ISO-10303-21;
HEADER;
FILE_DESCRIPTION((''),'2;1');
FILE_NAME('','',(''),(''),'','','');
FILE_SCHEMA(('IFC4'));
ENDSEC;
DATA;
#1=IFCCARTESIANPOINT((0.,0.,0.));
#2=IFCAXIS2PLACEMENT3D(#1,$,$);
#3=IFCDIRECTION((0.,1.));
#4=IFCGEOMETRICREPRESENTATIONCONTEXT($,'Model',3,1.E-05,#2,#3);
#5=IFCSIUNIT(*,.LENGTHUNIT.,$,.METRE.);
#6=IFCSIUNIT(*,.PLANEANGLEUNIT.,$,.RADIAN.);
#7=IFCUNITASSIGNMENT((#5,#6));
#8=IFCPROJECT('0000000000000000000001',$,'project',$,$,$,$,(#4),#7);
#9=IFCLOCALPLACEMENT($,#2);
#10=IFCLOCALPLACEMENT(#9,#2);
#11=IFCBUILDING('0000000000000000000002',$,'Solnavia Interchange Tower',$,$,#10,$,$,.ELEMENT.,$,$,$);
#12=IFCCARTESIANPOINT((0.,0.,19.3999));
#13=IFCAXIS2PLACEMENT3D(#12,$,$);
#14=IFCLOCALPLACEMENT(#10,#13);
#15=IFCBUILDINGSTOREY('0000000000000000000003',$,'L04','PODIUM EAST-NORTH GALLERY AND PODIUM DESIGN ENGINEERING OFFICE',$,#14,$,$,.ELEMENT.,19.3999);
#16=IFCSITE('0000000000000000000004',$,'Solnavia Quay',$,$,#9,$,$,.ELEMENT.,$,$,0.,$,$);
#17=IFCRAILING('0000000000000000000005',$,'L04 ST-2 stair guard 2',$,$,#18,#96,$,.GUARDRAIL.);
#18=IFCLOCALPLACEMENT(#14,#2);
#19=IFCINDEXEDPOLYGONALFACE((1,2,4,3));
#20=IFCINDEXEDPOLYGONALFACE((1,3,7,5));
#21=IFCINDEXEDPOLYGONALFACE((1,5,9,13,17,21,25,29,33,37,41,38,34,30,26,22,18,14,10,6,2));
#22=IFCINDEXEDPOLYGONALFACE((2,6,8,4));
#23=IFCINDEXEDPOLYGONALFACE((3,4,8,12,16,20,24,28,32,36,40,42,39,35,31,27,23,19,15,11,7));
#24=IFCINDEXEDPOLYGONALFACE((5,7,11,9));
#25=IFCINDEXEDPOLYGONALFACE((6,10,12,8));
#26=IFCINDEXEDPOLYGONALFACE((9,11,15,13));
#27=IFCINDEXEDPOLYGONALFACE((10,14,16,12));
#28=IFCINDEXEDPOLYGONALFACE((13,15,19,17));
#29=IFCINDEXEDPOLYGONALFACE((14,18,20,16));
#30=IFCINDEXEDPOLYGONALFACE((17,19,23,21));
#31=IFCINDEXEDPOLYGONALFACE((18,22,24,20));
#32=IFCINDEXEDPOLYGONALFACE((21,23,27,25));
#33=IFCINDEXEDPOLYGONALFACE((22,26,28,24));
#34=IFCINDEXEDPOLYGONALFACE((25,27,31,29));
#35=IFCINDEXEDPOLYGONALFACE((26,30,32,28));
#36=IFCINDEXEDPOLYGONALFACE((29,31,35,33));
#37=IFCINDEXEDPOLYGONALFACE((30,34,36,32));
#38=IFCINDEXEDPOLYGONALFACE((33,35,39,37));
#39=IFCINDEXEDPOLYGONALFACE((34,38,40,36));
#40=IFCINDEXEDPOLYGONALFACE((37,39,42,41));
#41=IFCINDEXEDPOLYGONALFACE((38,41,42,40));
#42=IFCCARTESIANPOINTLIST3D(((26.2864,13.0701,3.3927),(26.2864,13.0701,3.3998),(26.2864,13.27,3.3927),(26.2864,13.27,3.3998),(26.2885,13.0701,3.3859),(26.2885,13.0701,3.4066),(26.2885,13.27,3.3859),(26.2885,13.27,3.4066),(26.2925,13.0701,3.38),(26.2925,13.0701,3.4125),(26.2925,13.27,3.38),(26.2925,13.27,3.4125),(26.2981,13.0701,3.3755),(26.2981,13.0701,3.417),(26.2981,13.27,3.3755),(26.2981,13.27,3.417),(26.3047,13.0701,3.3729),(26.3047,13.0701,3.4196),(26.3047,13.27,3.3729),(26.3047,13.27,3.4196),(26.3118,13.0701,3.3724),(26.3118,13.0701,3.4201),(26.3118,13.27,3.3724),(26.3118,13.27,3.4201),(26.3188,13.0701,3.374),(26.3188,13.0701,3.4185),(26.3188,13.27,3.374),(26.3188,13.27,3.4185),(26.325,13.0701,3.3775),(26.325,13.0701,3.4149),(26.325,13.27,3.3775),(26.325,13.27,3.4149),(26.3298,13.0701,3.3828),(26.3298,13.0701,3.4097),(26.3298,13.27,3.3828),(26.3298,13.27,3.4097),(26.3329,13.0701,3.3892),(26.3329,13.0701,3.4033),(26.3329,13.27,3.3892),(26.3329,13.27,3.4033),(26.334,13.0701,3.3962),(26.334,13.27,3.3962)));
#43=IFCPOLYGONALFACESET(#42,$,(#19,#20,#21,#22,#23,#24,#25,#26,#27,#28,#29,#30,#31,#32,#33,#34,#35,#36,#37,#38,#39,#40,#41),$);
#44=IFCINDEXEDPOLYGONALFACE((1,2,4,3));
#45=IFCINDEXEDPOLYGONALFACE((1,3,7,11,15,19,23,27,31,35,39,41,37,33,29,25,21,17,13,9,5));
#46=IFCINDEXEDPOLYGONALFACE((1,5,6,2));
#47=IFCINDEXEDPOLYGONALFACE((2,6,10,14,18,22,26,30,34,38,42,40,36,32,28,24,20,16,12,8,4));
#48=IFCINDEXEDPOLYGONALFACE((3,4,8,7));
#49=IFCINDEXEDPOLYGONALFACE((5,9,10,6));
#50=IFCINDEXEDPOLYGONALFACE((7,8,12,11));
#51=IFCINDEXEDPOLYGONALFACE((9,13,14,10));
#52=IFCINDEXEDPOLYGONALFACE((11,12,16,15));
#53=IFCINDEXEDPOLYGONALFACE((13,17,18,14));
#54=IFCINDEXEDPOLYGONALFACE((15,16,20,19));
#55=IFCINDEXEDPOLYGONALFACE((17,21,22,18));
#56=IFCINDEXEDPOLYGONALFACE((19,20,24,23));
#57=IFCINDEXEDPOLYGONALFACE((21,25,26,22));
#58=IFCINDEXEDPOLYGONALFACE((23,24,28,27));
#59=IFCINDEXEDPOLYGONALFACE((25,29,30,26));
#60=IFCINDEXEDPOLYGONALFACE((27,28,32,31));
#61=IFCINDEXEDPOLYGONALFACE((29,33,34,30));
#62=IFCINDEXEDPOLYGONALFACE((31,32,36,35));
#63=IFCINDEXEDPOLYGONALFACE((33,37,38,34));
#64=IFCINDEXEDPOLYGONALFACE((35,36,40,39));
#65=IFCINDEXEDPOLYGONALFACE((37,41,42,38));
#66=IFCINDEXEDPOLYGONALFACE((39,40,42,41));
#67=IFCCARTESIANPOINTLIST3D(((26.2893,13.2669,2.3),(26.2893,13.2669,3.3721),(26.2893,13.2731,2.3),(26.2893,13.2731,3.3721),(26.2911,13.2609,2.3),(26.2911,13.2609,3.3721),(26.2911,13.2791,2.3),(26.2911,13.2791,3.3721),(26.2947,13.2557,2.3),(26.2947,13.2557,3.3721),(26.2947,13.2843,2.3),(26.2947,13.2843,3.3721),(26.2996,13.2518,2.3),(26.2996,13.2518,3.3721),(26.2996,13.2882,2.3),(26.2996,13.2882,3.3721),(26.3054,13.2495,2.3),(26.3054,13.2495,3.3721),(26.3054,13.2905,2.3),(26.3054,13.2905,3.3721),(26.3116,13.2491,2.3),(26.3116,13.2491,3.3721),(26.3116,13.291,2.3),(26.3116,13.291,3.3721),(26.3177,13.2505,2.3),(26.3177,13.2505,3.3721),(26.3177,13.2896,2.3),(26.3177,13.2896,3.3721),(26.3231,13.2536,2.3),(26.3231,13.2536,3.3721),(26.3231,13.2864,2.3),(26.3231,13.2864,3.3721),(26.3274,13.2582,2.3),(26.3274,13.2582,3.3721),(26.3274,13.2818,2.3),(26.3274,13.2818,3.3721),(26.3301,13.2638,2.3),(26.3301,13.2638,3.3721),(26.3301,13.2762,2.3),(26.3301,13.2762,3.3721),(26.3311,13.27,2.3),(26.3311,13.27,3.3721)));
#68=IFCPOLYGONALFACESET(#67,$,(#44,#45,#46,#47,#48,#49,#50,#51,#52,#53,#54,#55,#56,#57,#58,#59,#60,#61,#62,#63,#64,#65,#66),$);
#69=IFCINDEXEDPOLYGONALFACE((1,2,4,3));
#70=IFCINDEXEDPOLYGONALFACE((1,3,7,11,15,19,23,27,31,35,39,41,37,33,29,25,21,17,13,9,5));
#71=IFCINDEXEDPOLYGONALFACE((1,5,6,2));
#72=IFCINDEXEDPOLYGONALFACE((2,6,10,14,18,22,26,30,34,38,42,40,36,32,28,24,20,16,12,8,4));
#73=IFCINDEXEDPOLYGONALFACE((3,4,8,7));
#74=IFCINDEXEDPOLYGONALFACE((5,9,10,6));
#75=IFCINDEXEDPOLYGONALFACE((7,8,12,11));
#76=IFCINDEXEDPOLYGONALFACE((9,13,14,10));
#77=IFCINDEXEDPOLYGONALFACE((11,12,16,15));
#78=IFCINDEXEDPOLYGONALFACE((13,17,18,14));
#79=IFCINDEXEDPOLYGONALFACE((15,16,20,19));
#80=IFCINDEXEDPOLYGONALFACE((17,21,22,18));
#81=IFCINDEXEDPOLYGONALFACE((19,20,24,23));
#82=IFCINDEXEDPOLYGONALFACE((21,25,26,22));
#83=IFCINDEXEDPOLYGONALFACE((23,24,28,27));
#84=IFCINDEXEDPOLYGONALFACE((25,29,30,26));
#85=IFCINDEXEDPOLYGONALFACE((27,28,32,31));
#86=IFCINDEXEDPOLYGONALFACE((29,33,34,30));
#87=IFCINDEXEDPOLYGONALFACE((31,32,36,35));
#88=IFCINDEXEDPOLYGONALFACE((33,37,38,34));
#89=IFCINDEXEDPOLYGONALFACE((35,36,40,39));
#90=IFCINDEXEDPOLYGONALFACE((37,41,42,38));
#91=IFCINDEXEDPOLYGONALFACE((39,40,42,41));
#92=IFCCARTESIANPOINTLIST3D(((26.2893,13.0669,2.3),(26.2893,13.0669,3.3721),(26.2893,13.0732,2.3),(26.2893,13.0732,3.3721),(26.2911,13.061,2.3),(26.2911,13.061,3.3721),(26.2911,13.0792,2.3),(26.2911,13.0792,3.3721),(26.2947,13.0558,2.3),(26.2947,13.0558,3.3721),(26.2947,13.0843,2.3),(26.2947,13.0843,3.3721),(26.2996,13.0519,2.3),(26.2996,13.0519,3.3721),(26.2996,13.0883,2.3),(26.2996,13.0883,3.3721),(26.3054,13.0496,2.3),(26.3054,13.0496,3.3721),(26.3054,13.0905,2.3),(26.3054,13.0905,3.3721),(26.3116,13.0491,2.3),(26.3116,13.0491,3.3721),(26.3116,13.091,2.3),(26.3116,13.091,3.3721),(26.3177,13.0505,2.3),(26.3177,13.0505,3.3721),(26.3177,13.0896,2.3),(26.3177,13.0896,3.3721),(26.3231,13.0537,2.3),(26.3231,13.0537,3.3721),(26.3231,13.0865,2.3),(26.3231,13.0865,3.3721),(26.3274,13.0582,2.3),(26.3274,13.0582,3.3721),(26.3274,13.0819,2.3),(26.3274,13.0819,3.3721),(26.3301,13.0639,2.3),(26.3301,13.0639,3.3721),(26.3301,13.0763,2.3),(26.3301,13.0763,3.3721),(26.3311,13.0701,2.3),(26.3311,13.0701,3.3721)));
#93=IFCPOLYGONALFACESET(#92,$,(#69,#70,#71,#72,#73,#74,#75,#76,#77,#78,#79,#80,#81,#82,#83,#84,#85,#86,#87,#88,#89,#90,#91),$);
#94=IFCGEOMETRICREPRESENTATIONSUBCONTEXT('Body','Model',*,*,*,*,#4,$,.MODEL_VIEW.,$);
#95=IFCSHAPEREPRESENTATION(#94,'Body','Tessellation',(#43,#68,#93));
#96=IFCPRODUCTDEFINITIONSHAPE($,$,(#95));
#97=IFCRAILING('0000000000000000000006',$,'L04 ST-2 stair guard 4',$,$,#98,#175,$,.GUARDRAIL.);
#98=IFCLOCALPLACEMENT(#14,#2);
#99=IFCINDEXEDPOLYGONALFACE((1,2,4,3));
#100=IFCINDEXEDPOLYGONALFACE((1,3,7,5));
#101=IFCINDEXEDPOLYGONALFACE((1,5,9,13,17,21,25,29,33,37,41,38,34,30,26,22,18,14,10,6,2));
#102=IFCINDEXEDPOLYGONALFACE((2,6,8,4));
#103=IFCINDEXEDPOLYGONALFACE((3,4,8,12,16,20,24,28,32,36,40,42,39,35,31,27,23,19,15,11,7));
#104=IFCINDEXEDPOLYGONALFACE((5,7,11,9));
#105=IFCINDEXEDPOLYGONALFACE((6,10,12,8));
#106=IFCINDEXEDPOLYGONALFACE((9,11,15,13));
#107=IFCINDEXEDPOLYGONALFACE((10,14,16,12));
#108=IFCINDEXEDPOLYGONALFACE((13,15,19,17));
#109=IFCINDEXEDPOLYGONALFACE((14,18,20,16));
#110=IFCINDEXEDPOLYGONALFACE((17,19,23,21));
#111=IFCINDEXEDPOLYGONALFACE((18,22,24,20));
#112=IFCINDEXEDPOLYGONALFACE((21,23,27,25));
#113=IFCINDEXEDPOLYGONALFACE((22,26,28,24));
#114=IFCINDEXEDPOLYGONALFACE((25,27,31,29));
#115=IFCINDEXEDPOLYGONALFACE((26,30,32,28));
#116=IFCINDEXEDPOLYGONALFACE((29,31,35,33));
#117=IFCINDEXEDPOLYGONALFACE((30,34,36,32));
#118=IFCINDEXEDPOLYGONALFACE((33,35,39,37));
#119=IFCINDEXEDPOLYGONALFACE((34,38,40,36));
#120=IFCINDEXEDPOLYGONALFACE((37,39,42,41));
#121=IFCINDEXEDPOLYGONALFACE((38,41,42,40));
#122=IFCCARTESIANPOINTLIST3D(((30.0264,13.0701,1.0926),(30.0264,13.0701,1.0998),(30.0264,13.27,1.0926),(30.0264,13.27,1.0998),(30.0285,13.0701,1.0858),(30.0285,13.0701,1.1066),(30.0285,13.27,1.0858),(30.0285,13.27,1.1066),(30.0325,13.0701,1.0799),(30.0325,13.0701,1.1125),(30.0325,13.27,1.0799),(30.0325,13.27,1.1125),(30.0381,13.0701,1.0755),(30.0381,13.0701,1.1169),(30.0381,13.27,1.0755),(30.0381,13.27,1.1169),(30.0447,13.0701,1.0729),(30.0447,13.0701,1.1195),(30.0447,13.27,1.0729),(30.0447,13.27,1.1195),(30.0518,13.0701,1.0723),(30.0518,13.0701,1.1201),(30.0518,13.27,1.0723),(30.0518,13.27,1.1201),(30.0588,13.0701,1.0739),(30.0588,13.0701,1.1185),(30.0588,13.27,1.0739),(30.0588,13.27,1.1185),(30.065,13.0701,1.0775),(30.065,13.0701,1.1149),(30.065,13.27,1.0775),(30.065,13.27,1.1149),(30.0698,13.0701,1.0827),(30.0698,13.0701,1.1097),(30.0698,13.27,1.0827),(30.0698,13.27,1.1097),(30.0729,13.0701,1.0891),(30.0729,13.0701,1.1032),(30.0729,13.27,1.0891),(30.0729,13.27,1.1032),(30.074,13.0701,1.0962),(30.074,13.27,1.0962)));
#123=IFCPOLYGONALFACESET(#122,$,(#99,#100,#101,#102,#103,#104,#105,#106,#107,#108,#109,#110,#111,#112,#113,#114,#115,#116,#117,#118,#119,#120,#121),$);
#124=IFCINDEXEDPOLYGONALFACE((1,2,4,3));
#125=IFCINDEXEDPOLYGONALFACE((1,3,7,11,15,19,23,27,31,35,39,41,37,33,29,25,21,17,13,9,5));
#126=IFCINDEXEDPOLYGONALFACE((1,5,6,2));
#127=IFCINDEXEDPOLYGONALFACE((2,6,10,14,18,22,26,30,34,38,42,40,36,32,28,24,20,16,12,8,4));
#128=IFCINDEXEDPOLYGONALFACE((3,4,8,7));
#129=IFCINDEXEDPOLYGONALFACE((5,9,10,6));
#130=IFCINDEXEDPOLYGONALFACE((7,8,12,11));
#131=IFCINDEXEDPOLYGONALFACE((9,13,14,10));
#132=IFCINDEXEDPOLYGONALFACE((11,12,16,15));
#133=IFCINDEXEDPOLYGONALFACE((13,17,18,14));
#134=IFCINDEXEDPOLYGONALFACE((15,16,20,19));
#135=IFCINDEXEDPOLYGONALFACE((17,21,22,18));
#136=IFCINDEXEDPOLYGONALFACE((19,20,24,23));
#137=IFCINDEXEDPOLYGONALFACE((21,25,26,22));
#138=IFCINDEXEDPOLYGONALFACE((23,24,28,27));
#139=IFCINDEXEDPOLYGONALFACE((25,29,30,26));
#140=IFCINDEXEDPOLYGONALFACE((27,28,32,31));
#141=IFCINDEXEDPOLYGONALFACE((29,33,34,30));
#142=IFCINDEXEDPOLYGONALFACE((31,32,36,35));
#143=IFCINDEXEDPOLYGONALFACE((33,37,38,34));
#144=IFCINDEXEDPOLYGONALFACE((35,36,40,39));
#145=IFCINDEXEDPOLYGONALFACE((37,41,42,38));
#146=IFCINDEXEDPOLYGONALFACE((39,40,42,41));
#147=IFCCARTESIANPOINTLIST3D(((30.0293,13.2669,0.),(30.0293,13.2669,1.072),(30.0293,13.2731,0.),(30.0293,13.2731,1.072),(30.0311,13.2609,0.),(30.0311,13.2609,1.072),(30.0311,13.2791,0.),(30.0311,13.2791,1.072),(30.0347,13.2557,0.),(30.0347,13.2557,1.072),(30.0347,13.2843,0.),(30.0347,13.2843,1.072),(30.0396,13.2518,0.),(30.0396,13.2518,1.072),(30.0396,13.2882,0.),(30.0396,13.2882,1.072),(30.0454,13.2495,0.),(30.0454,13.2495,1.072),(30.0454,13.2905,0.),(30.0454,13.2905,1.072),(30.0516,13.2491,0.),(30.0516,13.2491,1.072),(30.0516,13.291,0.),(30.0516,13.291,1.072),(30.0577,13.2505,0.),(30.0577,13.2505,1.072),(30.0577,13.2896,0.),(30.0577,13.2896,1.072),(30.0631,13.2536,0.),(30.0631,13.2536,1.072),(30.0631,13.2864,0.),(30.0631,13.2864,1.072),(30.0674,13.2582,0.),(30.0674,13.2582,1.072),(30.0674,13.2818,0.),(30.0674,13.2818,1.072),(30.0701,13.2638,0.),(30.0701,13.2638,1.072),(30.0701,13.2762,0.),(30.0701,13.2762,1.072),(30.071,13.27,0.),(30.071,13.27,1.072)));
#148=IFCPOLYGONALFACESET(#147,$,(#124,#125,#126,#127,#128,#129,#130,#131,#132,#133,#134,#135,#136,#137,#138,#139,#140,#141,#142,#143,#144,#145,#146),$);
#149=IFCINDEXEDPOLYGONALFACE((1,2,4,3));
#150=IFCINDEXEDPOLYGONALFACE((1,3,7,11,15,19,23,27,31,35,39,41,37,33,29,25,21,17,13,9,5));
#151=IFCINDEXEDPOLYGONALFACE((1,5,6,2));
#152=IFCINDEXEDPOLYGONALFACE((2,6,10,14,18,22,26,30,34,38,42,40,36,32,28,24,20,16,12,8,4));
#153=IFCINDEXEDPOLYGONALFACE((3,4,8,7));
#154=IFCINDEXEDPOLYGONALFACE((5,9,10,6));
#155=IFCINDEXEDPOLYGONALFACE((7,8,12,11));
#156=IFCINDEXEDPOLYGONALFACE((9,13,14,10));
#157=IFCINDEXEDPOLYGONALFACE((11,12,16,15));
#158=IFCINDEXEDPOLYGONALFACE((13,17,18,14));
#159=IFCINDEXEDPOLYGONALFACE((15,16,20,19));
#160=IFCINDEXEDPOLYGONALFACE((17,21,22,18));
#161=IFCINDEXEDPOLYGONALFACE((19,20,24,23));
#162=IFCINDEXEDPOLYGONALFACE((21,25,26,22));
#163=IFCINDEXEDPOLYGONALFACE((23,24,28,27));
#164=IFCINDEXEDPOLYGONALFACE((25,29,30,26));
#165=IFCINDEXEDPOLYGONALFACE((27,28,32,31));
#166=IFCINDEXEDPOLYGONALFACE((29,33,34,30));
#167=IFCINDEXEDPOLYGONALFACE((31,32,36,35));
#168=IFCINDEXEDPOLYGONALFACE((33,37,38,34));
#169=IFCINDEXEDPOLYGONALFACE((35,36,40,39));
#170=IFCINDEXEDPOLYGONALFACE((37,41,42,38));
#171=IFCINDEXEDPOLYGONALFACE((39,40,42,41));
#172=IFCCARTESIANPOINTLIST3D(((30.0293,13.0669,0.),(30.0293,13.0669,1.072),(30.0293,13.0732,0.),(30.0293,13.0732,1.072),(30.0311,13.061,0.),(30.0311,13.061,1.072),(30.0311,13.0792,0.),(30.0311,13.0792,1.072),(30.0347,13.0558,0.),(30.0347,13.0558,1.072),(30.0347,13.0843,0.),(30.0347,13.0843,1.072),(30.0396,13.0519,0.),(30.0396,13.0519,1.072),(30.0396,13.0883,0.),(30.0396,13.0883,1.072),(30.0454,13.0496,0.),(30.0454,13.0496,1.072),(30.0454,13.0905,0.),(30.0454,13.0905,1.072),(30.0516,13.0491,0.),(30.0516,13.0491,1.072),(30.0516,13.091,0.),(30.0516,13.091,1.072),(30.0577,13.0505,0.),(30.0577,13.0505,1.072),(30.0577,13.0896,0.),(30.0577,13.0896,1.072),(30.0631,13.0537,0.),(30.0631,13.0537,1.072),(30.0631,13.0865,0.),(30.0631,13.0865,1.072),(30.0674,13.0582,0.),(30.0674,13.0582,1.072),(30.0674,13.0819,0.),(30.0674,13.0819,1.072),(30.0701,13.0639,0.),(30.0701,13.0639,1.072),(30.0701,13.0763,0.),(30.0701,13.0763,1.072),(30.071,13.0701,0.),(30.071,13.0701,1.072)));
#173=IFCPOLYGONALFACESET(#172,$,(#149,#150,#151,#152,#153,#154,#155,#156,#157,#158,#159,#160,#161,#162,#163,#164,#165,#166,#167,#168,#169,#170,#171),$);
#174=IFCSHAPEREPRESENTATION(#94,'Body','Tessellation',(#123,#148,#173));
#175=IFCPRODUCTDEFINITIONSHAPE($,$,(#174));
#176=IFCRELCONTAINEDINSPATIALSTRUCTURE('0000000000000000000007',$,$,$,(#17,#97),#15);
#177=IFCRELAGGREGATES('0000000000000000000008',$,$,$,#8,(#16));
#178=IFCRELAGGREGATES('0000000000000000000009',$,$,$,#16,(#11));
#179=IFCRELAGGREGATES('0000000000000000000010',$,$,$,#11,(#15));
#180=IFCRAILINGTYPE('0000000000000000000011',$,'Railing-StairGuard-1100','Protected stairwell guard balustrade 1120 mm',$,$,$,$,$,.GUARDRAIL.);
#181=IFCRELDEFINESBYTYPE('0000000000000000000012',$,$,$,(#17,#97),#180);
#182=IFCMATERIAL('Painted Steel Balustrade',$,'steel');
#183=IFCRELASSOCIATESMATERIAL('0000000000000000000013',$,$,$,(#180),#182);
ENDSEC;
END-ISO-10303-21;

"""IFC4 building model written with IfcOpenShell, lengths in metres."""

from ifc_helpers import new_model, si_unit, direction, frame, origin, origin_2d, place, context, subcontext, project, spatial, circle, extrude, material, type_object, element, save


model = new_model("IFC4")

# Units and contexts
model_context = context("Model", 3, precision=1e-05, world=origin(), true_north=direction((0.0, 1.0)))
body_context = subcontext(model_context, "Body", "Model", "MODEL_VIEW")
ifc_project = project(units=[si_unit("LENGTHUNIT", "METRE"), si_unit("PLANEANGLEUNIT", "RADIAN")], contexts=[model_context])

# Site, building, storey
site_placement = place(None, origin())
site = spatial("IfcSite", under=ifc_project, at=site_placement, Name="Solnavia Quay", CompositionType="ELEMENT", RefElevation=0.0)
building_placement = place(site_placement, origin())
building = spatial("IfcBuilding", under=site, at=building_placement, Name="Solnavia Interchange Tower", CompositionType="ELEMENT")
storey_placement = place(building_placement, frame((0.0, 0.0, 19.3999)))
storey = spatial("IfcBuildingStorey", under=building, at=storey_placement, Name="L04", Description="PODIUM EAST-NORTH GALLERY AND PODIUM DESIGN ENGINEERING OFFICE", CompositionType="ELEMENT", Elevation=19.3999)

# Railings
ifc_material_1 = material(Name="Painted Steel Balustrade", Category="steel")
railing_type_1 = type_object("IfcRailingType", Name="Railing-StairGuard-1100", Description="Protected stairwell guard balustrade 1120 mm", PredefinedType="GUARDRAIL", material=ifc_material_1)
for number, where, name in (
    (1, (26.3101, 13.27, 2.3), "L04 ST-2 stair guard 2"),
    (2, (30.05, 13.27, 0.0), "L04 ST-2 stair guard 4"),
):
    element("IfcRailing", number, at=place(storey_placement, frame(where)), inside=storey, type_object=railing_type_1, Name=name, PredefinedType="GUARDRAIL", context=body_context, shape_type="SweptSolid", body=[
        extrude(circle(Radius=0.0239, at=origin_2d()), frame((0.0, 0.0, 1.0962), z_axis=(0.0, -1.0, 0.0), x_axis=(1.0, 0.0, 0.0)), (0.0, 0.0, 1.0), 0.2),
        extrude(circle(Radius=0.021, at=origin_2d()), origin(), (0.0, 0.0, 1.0), 1.072),
        extrude(circle(Radius=0.021, at=origin_2d()), frame((0.0, -0.2, 0.0)), (0.0, 0.0, 1.0), 1.072),
    ])

save(model, "model.ifc")
